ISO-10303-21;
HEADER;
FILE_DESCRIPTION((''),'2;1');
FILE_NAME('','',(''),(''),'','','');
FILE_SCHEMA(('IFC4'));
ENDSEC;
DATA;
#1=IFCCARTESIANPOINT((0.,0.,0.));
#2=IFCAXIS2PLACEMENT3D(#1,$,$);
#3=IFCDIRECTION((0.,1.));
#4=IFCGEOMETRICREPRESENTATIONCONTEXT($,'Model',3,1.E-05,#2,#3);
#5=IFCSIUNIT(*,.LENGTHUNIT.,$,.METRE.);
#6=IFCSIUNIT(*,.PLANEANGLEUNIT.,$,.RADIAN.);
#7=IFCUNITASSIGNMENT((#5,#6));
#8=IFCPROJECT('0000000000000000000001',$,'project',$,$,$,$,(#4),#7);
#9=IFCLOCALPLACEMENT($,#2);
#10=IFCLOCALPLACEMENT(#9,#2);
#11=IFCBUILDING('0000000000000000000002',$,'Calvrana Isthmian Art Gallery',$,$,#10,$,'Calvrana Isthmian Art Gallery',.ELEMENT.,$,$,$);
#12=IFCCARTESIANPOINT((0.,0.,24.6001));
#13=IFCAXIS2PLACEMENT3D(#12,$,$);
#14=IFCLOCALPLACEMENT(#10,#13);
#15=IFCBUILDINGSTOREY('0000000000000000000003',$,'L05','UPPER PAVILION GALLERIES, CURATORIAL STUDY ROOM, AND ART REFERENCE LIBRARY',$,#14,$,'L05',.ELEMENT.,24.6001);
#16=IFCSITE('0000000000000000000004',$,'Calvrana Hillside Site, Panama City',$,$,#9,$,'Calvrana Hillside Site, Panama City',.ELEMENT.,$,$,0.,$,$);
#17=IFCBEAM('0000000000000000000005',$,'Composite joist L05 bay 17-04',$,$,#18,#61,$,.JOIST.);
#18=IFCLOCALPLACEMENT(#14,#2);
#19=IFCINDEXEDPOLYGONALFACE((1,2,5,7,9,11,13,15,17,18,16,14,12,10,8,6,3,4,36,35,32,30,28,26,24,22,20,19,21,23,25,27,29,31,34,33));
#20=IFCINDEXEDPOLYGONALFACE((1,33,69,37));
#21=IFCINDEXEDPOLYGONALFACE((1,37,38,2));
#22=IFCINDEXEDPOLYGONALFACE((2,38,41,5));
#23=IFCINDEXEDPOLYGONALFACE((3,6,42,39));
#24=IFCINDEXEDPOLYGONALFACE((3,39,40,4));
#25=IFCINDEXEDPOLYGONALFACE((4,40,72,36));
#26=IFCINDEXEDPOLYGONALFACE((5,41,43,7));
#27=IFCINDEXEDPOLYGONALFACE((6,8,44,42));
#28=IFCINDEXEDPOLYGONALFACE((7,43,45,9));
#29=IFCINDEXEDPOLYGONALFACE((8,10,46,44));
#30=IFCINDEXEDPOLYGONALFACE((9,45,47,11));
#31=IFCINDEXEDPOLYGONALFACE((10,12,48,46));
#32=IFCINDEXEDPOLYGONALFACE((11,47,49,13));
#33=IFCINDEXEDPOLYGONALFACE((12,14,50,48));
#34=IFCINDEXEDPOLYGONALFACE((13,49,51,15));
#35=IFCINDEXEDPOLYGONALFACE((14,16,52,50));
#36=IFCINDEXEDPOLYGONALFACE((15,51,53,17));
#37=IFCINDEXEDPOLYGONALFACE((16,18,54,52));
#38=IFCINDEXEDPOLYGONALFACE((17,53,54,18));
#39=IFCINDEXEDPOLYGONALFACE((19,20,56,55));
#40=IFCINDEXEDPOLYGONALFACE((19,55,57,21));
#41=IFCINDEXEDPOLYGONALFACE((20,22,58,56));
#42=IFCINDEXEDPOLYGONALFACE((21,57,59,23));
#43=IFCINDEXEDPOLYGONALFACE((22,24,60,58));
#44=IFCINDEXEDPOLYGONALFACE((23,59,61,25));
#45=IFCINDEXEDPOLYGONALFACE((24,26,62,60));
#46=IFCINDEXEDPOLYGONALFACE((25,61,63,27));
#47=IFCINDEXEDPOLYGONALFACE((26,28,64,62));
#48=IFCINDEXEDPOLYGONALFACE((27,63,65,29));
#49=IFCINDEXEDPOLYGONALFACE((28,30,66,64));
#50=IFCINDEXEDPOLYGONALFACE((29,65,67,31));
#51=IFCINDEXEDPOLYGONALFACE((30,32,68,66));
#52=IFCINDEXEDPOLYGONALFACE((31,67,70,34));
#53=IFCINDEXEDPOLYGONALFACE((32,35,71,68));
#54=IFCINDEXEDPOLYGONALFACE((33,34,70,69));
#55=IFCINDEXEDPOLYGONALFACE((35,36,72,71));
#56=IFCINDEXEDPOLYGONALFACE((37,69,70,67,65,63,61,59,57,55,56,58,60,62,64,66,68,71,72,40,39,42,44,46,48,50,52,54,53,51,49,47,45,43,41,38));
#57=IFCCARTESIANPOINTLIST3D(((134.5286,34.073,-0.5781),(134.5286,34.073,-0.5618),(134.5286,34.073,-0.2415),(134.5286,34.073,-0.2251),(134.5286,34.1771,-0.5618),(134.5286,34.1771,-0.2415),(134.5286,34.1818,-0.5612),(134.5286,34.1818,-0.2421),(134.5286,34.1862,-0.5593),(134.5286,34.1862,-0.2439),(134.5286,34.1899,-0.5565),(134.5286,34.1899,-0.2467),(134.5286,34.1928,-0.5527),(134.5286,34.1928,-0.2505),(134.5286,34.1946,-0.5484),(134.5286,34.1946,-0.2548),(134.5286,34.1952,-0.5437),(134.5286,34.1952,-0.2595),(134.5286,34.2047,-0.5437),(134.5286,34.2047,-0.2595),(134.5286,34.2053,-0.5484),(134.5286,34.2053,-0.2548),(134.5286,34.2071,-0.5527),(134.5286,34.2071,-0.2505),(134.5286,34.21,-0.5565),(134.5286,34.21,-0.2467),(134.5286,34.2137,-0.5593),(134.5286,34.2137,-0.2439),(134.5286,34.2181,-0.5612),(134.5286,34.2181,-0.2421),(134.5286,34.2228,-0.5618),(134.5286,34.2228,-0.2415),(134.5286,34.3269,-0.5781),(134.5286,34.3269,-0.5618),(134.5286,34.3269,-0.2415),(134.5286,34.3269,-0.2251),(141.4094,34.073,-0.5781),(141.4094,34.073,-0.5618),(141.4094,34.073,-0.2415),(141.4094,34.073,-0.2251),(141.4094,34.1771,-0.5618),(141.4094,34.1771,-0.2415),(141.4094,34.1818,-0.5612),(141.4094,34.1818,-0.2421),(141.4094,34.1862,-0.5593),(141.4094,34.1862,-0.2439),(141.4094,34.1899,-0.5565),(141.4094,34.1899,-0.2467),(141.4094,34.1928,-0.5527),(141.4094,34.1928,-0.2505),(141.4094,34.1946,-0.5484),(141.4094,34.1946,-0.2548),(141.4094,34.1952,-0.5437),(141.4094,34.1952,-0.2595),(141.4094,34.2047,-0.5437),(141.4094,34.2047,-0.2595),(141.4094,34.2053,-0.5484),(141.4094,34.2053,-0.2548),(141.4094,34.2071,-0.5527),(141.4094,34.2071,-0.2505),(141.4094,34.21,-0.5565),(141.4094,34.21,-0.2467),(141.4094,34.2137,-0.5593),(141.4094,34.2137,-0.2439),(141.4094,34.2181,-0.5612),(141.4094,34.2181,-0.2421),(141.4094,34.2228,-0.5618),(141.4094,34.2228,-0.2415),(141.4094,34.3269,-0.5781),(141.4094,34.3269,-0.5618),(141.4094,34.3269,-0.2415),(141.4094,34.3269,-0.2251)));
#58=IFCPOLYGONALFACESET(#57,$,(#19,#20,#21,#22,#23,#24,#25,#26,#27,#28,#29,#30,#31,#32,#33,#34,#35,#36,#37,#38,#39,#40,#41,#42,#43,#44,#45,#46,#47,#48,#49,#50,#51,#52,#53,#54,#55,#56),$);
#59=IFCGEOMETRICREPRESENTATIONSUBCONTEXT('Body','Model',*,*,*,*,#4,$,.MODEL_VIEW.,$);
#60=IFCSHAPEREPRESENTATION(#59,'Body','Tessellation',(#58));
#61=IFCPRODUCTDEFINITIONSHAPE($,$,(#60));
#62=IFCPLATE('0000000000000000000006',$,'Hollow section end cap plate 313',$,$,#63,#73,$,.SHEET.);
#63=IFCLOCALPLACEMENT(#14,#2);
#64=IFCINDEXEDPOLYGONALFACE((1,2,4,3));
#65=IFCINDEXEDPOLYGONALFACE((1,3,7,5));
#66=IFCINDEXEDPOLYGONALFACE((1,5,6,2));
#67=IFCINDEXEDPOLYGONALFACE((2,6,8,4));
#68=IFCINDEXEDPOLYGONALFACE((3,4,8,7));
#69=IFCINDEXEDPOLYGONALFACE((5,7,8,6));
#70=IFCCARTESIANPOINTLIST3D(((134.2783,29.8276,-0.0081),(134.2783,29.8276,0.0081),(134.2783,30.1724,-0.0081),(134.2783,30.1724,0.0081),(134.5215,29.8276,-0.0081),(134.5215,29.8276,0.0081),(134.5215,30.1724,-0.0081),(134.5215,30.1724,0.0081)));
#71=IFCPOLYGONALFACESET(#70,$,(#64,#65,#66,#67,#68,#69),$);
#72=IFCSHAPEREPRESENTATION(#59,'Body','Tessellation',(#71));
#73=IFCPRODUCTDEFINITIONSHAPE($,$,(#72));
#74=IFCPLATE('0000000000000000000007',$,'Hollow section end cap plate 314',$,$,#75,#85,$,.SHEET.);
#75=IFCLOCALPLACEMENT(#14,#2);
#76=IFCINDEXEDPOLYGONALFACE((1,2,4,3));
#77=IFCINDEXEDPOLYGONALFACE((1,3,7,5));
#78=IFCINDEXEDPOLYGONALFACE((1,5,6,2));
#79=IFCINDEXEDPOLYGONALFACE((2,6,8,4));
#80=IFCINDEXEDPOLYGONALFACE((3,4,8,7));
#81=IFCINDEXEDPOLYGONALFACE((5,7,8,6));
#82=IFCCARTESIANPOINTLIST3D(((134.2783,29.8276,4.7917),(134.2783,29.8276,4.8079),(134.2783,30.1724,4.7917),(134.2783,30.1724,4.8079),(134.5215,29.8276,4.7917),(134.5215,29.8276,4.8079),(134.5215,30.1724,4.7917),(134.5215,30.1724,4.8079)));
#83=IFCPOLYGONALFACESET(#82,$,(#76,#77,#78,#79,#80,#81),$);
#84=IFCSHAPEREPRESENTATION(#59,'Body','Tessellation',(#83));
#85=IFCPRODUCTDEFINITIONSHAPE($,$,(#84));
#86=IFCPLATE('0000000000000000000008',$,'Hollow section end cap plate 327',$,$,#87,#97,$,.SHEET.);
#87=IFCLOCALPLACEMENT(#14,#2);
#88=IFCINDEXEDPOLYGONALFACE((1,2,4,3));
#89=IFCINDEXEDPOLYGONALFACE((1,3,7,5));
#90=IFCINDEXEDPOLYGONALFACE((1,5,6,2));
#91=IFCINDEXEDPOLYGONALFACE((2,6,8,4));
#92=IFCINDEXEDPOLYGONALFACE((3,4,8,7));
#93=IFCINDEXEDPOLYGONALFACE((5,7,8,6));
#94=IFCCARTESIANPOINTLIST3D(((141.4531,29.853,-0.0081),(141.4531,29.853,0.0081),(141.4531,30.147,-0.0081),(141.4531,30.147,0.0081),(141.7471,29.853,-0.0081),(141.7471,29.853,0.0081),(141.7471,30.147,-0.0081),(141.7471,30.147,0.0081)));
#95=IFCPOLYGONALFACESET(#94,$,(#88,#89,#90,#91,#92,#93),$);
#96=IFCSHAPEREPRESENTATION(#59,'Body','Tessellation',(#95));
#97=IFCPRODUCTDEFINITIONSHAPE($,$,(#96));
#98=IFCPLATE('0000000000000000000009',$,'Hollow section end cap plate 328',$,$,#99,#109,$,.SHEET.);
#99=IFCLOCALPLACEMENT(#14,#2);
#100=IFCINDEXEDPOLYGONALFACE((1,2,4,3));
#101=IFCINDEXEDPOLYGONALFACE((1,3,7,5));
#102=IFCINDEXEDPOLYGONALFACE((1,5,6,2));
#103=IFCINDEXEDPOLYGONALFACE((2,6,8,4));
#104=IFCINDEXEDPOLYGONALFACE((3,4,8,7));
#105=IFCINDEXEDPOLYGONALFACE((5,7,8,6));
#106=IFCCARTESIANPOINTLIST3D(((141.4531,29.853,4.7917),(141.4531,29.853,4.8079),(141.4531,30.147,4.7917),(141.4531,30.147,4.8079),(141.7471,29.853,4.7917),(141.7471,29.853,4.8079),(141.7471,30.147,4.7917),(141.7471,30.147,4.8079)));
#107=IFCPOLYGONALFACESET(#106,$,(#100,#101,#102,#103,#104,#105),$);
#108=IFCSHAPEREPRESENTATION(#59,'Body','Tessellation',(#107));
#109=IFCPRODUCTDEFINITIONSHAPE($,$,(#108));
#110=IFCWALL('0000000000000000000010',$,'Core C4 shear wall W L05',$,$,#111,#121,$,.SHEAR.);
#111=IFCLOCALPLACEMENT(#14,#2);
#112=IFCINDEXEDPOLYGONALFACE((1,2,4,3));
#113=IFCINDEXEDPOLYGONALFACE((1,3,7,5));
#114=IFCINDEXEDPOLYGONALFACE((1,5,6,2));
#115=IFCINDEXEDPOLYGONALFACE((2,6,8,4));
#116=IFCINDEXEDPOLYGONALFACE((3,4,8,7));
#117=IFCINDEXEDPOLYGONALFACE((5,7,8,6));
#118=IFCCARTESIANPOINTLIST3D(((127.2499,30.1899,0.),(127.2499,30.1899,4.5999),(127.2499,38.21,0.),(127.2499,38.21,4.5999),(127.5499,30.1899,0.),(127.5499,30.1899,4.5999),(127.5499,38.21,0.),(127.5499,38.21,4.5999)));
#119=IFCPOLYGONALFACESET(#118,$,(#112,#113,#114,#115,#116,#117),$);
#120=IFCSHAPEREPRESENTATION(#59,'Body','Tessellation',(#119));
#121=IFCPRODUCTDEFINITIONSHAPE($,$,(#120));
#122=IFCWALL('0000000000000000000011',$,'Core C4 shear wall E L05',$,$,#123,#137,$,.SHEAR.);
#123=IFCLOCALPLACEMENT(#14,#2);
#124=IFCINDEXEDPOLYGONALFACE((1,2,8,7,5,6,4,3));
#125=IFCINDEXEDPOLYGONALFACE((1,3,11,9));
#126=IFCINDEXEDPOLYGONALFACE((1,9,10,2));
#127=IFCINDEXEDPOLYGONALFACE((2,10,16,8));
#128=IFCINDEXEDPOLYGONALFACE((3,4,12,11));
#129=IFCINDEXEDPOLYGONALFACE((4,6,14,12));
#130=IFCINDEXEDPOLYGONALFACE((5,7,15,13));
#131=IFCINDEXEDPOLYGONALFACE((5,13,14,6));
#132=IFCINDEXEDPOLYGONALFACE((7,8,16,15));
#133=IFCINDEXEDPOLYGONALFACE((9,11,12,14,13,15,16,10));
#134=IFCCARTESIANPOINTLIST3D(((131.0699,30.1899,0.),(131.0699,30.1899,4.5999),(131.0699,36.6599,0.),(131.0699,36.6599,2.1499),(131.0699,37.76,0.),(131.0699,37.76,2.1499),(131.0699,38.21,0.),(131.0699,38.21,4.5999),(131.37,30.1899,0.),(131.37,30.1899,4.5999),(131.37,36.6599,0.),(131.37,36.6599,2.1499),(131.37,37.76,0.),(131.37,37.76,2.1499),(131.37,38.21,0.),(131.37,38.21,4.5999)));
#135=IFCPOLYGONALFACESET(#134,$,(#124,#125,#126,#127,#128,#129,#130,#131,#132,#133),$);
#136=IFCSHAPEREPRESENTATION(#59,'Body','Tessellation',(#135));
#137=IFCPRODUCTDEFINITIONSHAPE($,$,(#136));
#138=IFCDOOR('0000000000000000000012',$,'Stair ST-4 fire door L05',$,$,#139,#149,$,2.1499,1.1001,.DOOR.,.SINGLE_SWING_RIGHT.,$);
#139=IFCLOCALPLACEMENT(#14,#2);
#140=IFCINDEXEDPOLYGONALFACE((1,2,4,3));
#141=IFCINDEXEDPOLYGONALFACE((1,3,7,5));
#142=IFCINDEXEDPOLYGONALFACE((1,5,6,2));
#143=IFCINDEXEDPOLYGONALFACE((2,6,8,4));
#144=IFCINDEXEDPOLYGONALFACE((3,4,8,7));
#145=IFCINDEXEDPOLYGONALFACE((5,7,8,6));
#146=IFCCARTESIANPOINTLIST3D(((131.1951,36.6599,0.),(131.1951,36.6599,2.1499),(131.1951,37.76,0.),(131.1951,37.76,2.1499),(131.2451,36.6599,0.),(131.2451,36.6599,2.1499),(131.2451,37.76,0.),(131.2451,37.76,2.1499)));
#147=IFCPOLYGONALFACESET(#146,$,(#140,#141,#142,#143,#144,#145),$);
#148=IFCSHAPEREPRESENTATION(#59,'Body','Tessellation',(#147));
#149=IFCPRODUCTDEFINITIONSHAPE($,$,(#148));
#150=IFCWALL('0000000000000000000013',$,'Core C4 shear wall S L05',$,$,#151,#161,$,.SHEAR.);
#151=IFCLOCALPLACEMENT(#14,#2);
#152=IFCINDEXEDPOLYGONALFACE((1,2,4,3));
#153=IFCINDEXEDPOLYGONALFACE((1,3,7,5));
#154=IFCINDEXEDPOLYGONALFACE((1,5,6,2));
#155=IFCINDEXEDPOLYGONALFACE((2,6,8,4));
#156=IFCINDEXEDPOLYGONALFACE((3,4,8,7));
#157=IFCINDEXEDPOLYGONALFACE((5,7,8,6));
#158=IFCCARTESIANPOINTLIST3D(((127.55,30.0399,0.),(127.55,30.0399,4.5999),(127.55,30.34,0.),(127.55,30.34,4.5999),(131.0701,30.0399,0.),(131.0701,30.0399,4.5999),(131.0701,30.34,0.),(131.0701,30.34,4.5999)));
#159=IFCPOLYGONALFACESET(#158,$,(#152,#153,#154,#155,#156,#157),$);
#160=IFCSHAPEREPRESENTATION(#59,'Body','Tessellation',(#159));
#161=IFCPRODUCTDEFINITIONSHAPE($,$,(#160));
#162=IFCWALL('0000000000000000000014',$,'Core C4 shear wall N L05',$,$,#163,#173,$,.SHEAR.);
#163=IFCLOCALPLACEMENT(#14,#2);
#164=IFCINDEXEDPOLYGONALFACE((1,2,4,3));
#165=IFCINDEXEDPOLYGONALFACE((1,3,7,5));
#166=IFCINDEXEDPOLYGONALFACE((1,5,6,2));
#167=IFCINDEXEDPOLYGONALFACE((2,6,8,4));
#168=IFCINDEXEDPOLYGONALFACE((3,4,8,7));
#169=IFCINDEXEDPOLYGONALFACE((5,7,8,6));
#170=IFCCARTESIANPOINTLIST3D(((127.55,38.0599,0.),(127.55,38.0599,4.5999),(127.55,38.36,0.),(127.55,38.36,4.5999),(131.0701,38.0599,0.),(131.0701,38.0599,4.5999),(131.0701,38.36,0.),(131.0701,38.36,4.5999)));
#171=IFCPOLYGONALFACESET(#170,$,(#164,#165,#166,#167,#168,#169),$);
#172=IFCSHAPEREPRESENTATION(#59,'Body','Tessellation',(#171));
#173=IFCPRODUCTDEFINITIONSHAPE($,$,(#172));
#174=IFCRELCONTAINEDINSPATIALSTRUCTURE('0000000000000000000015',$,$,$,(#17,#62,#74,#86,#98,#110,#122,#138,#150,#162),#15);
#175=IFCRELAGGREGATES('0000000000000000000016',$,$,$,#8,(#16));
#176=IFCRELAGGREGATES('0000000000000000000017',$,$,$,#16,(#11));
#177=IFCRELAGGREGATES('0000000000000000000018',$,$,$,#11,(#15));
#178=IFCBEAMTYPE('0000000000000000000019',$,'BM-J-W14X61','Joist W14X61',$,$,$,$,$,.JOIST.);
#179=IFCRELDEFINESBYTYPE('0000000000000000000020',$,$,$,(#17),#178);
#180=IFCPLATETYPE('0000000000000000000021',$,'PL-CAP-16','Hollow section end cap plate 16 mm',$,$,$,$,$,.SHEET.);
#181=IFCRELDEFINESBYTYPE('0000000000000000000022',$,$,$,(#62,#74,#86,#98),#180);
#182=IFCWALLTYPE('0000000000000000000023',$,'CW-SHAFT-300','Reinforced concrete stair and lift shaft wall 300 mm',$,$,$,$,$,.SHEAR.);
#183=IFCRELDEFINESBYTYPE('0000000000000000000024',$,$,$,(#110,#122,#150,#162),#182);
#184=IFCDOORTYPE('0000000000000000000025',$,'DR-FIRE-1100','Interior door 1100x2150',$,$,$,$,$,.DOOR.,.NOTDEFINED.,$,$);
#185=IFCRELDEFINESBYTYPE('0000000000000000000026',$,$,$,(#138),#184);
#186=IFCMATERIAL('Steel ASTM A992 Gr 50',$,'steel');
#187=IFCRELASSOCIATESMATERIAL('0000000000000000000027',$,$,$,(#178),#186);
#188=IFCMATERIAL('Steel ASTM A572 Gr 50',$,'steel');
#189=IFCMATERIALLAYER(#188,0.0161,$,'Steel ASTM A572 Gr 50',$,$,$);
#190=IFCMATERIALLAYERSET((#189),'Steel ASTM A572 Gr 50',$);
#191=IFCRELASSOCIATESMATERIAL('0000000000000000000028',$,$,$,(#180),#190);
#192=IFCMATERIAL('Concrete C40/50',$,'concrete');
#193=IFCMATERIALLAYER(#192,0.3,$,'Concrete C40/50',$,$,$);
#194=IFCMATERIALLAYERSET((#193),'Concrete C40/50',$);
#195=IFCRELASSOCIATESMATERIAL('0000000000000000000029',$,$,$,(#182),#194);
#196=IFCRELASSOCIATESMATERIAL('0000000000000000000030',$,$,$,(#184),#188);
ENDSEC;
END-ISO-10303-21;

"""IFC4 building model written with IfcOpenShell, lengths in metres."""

from ifc_helpers import new_model, si_unit, direction, frame, frame_2d, origin, origin_2d, place, context, subcontext, project, spatial, rectangle, i_section, extrude, material, layer, layer_set, material_profile, profile_set, type_object, element, fill, save


model = new_model("IFC4")

# Units and contexts
model_context = context("Model", 3, precision=1e-05, world=origin(), true_north=direction((0.0, 1.0)))
body_context = subcontext(model_context, "Body", "Model", "MODEL_VIEW")
ifc_project = project(units=[si_unit("LENGTHUNIT", "METRE"), si_unit("PLANEANGLEUNIT", "RADIAN")], contexts=[model_context])

# Site, building, storey
site_placement = place(None, origin())
site = spatial("IfcSite", under=ifc_project, at=site_placement, Name="Calvrana Hillside Site, Panama City", LongName="Calvrana Hillside Site, Panama City", CompositionType="ELEMENT", RefElevation=0.0)
building_placement = place(site_placement, origin())
building = spatial("IfcBuilding", under=site, at=building_placement, Name="Calvrana Isthmian Art Gallery", LongName="Calvrana Isthmian Art Gallery", CompositionType="ELEMENT")
storey_placement = place(building_placement, frame((0.0, 0.0, 24.6001)))
storey = spatial("IfcBuildingStorey", under=building, at=storey_placement, Name="L05", Description="UPPER PAVILION GALLERIES, CURATORIAL STUDY ROOM, AND ART REFERENCE LIBRARY", LongName="L05", CompositionType="ELEMENT", Elevation=24.6001)

# Beam
ifc_material_1 = material(Name="Steel ASTM A992 Gr 50", Category="steel")
ifc_material_profile_1 = material_profile(ifc_material_1, i_section(OverallWidth=0.2539, OverallDepth=0.353, WebThickness=0.0095, FlangeThickness=0.0164, FilletRadius=0.0181, at=origin_2d()), Name="W14X61")
ifc_profile_set_1 = profile_set([ifc_material_profile_1], Name="Steel ASTM A992 Gr 50")
beam_type_1 = type_object("IfcBeamType", Name="BM-J-W14X61", Description="Joist W14X61", PredefinedType="JOIST", material=ifc_profile_set_1)
beam_1_placement = place(storey_placement, frame((134.5286, 34.2, -0.4016), z_axis=(1.0, 0.0, 0.0), x_axis=(0.0, 1.0, 0.0)))
element("IfcBeam", 1, at=beam_1_placement, inside=storey, type_object=beam_type_1, Name="Composite joist L05 bay 17-04", PredefinedType="JOIST", context=body_context, shape_type="SweptSolid", body=[
    extrude(i_section(OverallWidth=0.2539, OverallDepth=0.353, WebThickness=0.0095, FlangeThickness=0.0164, FilletRadius=0.0181, at=origin_2d()), origin(), (0.0, 0.0, 1.0), 6.8809),
])

# Plates
ifc_material_2 = material(Name="Steel ASTM A572 Gr 50", Category="steel")
ifc_layer_1 = layer(ifc_material_2, 0.0161, Name="Steel ASTM A572 Gr 50")
ifc_layer_set_1 = layer_set([ifc_layer_1], Name="Steel ASTM A572 Gr 50")
plate_type = type_object("IfcPlateType", Name="PL-CAP-16", Description="Hollow section end cap plate 16 mm", PredefinedType="SHEET", material=ifc_layer_set_1)
for number, where, z_axis, x_axis, name in (
    (2, (134.3999, 30.0, -0.0081), (0.0, 0.0, 1.0), (1.0, 0.0, 0.0), "Hollow section end cap plate 313"),
    (3, (134.3999, 30.0, 4.7917), (0.0, 0.0, 1.0), (1.0, 0.0, 0.0), "Hollow section end cap plate 314"),
):
    element("IfcPlate", number, at=place(storey_placement, frame(where, z_axis=z_axis, x_axis=x_axis)), inside=storey, type_object=plate_type, Name=name, PredefinedType="SHEET", context=body_context, shape_type="SweptSolid", body=[
        extrude(rectangle(XDim=0.2432, YDim=0.3447, at=origin_2d()), origin(), (0.0, 0.0, 1.0), 0.0161),
    ])
for number, where, z_axis, x_axis, name in (
    (4, (141.6001, 30.0, -0.0081), (0.0, 0.0, 1.0), (1.0, 0.0, 0.0), "Hollow section end cap plate 327"),
    (5, (141.6001, 30.0, 4.7917), (0.0, 0.0, 1.0), (1.0, 0.0, 0.0), "Hollow section end cap plate 328"),
):
    element("IfcPlate", number, at=place(storey_placement, frame(where, z_axis=z_axis, x_axis=x_axis)), inside=storey, type_object=plate_type, Name=name, PredefinedType="SHEET", context=body_context, shape_type="SweptSolid", body=[
        extrude(rectangle(XDim=0.2939, YDim=0.2939, at=origin_2d()), origin(), (0.0, 0.0, 1.0), 0.0161),
    ])

# Wall
ifc_material_3 = material(Name="Concrete C40/50", Category="concrete")
ifc_layer_2 = layer(ifc_material_3, 0.3, Name="Concrete C40/50")
ifc_layer_set_2 = layer_set([ifc_layer_2], Name="Concrete C40/50")
wall_type_1 = type_object("IfcWallType", Name="CW-SHAFT-300", Description="Reinforced concrete stair and lift shaft wall 300 mm", PredefinedType="SHEAR", material=ifc_layer_set_2)
wall_1_placement = place(storey_placement, frame((127.3999, 30.1899, 0.0), z_axis=(0.0, 0.0, 1.0), x_axis=(0.0, 1.0, 0.0)))
element("IfcWall", 6, at=wall_1_placement, inside=storey, type_object=wall_type_1, Name="Core C4 shear wall W L05", PredefinedType="SHEAR", context=body_context, shape_type="SweptSolid", body=[
    extrude(rectangle(XDim=8.02, YDim=0.3, at=frame_2d((4.01, 0.0))), origin(), (0.0, 0.0, 1.0), 4.5999),
])

# Wall, opening, door
wall_2_placement = place(storey_placement, frame((131.22, 30.1899, 0.0), z_axis=(0.0, 0.0, 1.0), x_axis=(0.0, 1.0, 0.0)))
wall_2 = element("IfcWall", 7, at=wall_2_placement, inside=storey, type_object=wall_type_1, Name="Core C4 shear wall E L05", PredefinedType="SHEAR", context=body_context, shape_type="SweptSolid", body=[
    extrude(rectangle(XDim=8.02, YDim=0.3, at=frame_2d((4.01, 0.0))), origin(), (0.0, 0.0, 1.0), 4.5999),
])
opening_1_placement = place(wall_2_placement, frame((6.47, 0.0, 0.0)))
opening_1 = element("IfcOpeningElement", 8, at=opening_1_placement, cuts=wall_2, PredefinedType="OPENING", context=body_context, shape_type="SweptSolid", body=[
    extrude(rectangle(XDim=1.1001, YDim=2.1499, at=frame_2d((0.55, 1.075))), frame((0.0, 0.1602, 0.0), z_axis=(0.0, -1.0, 0.0), x_axis=(1.0, 0.0, 0.0)), (0.0, 0.0, 1.0), 0.3206),
])
door_type_1 = type_object("IfcDoorType", Name="DR-FIRE-1100", Description="Interior door 1100x2150", OperationType="NOTDEFINED", PredefinedType="DOOR", material=ifc_material_2)
door_1_placement = place(opening_1_placement, origin())
door_1 = element("IfcDoor", 9, at=door_1_placement, inside=storey, type_object=door_type_1, Name="Stair ST-4 fire door L05", OperationType="SINGLE_SWING_RIGHT", OverallHeight=2.1499, OverallWidth=1.1001, PredefinedType="DOOR", context=body_context, shape_type="SweptSolid", body=[
    extrude(rectangle(XDim=1.1001, YDim=2.1499, at=frame_2d((0.55, 1.075))), frame((0.0, 0.0249, 0.0), z_axis=(0.0, -1.0, 0.0), x_axis=(1.0, 0.0, 0.0)), (0.0, 0.0, 1.0), 0.05),
])
fill(opening_1, door_1)

# Walls
for number, where, z_axis, x_axis, name in (
    (10, (127.55, 30.1899, 0.0), (0.0, 0.0, 1.0), (1.0, 0.0, 0.0), "Core C4 shear wall S L05"),
    (11, (127.55, 38.21, 0.0), (0.0, 0.0, 1.0), (1.0, 0.0, 0.0), "Core C4 shear wall N L05"),
):
    element("IfcWall", number, at=place(storey_placement, frame(where, z_axis=z_axis, x_axis=x_axis)), inside=storey, type_object=wall_type_1, Name=name, PredefinedType="SHEAR", context=body_context, shape_type="SweptSolid", body=[
        extrude(rectangle(XDim=3.52, YDim=0.3, at=frame_2d((1.76, 0.0))), origin(), (0.0, 0.0, 1.0), 4.5999),
    ])

save(model, "model.ifc")
